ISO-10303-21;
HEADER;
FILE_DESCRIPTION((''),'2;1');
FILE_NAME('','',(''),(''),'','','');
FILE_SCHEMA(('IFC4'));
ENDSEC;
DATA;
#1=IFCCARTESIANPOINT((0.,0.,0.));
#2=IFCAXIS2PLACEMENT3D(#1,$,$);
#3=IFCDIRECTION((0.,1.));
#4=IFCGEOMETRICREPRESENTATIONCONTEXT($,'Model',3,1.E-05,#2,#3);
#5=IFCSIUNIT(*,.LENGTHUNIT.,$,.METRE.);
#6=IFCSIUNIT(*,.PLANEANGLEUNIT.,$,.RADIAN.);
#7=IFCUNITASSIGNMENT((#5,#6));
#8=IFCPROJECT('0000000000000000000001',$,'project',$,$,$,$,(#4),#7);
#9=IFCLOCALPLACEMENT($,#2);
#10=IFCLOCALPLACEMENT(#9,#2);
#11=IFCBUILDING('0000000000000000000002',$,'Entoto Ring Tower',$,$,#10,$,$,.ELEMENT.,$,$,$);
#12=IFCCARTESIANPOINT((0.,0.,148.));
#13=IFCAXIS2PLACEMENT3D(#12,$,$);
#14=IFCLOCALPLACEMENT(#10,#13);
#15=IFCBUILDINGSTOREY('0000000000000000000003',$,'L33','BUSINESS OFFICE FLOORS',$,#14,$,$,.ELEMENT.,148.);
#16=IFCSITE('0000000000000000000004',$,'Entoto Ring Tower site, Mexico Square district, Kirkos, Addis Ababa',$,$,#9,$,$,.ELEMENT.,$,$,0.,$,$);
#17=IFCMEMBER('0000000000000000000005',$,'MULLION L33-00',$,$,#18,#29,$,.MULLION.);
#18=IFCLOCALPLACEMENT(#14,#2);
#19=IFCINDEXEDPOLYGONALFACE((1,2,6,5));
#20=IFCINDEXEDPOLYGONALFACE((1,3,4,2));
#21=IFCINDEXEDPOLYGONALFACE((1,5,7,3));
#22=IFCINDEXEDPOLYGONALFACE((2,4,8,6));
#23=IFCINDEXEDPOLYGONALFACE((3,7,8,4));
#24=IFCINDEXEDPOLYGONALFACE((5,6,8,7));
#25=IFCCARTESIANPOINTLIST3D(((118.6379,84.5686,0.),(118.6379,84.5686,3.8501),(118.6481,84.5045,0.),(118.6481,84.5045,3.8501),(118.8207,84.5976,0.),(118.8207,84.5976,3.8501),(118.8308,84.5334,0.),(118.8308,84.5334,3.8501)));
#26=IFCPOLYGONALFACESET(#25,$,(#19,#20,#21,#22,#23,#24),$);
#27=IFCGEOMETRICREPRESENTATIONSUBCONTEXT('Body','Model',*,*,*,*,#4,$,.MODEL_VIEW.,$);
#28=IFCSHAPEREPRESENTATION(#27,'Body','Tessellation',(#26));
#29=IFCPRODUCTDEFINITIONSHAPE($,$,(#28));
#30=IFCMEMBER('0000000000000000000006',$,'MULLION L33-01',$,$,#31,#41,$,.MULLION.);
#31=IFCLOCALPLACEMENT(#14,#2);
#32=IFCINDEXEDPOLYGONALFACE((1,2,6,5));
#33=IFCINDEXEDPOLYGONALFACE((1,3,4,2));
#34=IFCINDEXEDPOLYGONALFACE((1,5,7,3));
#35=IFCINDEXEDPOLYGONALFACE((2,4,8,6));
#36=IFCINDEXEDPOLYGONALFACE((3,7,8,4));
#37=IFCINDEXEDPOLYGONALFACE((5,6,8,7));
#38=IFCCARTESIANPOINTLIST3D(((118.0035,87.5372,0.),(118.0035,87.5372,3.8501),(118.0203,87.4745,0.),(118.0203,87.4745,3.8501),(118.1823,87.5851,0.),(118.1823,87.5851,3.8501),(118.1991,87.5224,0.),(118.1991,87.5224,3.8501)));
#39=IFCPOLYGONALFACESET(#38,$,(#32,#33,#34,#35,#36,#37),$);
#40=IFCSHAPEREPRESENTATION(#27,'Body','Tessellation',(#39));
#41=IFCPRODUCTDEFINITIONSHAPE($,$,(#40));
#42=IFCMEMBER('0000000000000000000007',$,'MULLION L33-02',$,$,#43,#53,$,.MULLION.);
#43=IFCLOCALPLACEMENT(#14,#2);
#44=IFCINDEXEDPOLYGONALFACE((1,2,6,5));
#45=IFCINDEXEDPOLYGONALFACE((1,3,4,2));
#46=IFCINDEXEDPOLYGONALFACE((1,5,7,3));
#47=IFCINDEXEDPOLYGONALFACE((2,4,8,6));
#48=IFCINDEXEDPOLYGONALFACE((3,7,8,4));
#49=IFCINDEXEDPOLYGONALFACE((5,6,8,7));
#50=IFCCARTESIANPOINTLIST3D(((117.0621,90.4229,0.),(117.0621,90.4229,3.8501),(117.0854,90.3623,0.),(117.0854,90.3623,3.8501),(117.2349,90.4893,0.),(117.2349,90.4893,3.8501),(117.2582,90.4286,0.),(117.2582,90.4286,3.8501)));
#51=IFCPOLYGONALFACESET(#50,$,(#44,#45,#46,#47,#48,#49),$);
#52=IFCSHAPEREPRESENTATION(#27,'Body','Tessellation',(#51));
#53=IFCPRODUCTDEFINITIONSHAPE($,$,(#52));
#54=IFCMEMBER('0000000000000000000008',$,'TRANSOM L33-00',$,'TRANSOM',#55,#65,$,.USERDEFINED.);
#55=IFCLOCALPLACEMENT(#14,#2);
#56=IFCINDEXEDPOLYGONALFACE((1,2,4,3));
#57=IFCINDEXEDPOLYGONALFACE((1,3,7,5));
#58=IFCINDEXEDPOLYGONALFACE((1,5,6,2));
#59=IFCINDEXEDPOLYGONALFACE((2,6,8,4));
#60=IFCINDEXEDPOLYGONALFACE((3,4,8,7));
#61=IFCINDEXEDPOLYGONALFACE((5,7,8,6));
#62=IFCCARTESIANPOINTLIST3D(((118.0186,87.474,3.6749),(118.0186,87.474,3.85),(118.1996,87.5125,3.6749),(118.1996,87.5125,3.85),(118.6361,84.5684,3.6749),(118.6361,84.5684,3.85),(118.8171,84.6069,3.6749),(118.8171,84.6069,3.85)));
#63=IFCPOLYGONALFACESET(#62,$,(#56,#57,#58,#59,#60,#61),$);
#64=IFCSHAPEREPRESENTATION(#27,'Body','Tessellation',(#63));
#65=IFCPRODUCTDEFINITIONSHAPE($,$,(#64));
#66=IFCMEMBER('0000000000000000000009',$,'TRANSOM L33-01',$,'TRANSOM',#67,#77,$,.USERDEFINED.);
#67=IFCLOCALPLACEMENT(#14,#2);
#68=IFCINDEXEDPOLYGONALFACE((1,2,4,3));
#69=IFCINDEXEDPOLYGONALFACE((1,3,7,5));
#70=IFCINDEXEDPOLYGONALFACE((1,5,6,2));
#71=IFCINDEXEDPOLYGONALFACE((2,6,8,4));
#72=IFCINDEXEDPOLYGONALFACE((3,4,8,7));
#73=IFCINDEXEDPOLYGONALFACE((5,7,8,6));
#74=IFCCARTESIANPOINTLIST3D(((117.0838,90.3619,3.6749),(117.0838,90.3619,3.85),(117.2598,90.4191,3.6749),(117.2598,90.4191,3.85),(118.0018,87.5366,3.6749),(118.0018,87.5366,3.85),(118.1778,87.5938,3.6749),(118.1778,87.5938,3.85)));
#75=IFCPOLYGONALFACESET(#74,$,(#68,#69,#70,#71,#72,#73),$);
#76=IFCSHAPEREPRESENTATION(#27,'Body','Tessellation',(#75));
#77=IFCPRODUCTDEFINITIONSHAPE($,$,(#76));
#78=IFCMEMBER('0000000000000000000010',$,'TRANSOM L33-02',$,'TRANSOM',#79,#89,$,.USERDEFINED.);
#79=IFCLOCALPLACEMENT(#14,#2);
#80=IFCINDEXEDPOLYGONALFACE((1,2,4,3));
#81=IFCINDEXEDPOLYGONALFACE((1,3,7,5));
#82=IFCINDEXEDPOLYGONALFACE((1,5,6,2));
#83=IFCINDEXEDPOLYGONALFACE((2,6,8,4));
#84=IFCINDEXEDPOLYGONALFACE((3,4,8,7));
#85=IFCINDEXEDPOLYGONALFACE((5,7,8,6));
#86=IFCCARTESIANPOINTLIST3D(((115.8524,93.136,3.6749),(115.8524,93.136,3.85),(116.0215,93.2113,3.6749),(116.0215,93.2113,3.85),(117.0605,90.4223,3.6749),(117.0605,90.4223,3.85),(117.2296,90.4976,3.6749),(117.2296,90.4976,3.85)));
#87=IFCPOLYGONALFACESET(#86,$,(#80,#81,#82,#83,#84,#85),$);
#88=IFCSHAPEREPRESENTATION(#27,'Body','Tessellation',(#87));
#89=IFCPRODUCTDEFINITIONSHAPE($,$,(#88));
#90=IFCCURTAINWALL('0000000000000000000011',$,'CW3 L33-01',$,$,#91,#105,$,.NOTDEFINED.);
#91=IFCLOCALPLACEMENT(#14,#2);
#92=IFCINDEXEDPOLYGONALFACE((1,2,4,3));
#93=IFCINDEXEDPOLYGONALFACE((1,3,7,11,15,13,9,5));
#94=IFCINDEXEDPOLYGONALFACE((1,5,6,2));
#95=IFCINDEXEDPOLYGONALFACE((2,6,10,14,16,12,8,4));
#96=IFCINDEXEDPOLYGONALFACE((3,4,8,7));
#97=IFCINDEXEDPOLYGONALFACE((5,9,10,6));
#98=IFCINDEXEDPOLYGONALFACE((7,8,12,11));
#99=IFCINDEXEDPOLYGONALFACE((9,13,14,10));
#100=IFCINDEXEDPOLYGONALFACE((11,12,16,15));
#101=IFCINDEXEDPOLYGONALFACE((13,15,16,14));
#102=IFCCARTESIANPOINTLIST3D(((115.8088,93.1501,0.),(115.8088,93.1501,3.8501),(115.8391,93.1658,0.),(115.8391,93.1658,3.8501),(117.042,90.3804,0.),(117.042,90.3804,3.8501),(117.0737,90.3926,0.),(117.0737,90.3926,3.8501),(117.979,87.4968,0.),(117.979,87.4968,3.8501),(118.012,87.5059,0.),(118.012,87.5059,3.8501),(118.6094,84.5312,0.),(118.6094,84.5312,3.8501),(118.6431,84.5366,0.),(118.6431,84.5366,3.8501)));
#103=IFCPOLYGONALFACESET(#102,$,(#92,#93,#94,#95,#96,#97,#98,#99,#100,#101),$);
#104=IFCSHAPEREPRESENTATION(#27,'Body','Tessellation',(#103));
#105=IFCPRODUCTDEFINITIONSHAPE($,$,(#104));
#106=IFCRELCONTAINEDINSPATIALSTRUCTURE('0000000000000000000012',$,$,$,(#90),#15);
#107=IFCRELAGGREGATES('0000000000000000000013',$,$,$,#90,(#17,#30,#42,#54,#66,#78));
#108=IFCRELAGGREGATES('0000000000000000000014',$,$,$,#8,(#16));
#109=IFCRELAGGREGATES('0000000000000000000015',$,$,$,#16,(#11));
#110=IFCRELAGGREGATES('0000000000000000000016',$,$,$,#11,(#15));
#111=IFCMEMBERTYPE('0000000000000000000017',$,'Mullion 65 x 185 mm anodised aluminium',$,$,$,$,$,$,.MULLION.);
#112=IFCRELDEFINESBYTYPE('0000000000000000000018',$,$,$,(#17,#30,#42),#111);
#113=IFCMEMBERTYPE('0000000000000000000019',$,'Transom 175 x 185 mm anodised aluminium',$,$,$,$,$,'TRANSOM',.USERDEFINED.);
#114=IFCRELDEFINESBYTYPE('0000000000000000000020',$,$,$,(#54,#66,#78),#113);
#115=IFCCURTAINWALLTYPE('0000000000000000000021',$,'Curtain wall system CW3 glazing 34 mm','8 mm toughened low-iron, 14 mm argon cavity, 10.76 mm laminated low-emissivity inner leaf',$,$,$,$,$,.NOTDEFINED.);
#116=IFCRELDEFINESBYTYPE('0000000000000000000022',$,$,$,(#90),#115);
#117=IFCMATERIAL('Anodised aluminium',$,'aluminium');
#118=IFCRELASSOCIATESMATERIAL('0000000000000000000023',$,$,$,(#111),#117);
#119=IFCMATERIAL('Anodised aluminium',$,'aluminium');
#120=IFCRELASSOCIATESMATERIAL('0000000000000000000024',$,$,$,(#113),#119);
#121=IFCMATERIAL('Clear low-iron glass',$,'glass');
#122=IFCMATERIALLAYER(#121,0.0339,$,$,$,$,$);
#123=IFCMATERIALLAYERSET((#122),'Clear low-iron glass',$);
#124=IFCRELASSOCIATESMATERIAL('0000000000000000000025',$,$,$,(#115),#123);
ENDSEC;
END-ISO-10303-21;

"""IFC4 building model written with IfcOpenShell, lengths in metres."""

from ifc_helpers import new_model, si_unit, direction, frame, origin, origin_2d, place, context, subcontext, project, spatial, polyline, rectangle, outline, extrude, material, layer, layer_set, material_profile, profile_set, type_object, element, aggregate, save


model = new_model("IFC4")

# Units and contexts
model_context = context("Model", 3, precision=1e-05, world=origin(), true_north=direction((0.0, 1.0)))
body_context = subcontext(model_context, "Body", "Model", "MODEL_VIEW")
ifc_project = project(units=[si_unit("LENGTHUNIT", "METRE"), si_unit("PLANEANGLEUNIT", "RADIAN")], contexts=[model_context])

# Members
ifc_material_1 = material(Name="Anodised aluminium", Category="aluminium")
ifc_material_profile_1 = material_profile(ifc_material_1, rectangle(XDim=0.0649, YDim=0.1851, at=origin_2d()), Name="Mullion 65 x 185 mm anodised aluminium")
ifc_profile_set_1 = profile_set([ifc_material_profile_1], Name="Anodised aluminium")
member_type_1 = type_object("IfcMemberType", Name="Mullion 65 x 185 mm anodised aluminium", PredefinedType="MULLION", material=ifc_profile_set_1)
site_placement = place(None, origin())
building_placement = place(site_placement, origin())
storey_placement = place(building_placement, frame((0.0, 0.0, 148.0)))
member_1_placement = place(storey_placement, frame((118.7344, 84.551, 0.0), z_axis=(0.0, 0.0, 1.0), x_axis=(-0.156434, 0.987688, 0.0)))
member_1 = element("IfcMember", 1, at=member_1_placement, type_object=member_type_1, Name="MULLION L33-00", PredefinedType="MULLION", context=body_context, shape_type="SweptSolid", body=[
    extrude(rectangle(XDim=0.0649, YDim=0.1851, at=origin_2d()), origin(), (0.0, 0.0, 1.0), 3.8501),
])
member_2_placement = place(storey_placement, frame((118.1013, 87.5298, 0.0), z_axis=(0.0, 0.0, 1.0), x_axis=(-0.258819, 0.965926, 0.0)))
member_2 = element("IfcMember", 2, at=member_2_placement, type_object=member_type_1, Name="MULLION L33-01", PredefinedType="MULLION", context=body_context, shape_type="SweptSolid", body=[
    extrude(rectangle(XDim=0.0649, YDim=0.1851, at=origin_2d()), origin(), (0.0, 0.0, 1.0), 3.8501),
])
member_3_placement = place(storey_placement, frame((117.1602, 90.4258, 0.0), z_axis=(0.0, 0.0, 1.0), x_axis=(-0.358368, 0.93358, 0.0)))
member_3 = element("IfcMember", 3, at=member_3_placement, type_object=member_type_1, Name="MULLION L33-02", PredefinedType="MULLION", context=body_context, shape_type="SweptSolid", body=[
    extrude(rectangle(XDim=0.0649, YDim=0.1851, at=origin_2d()), origin(), (0.0, 0.0, 1.0), 3.8501),
])
ifc_material_2 = material(Name="Anodised aluminium", Category="aluminium")
ifc_material_profile_2 = material_profile(ifc_material_2, rectangle(XDim=0.1851, YDim=0.175, at=origin_2d()), Name="Transom 175 x 185 mm anodised aluminium")
ifc_profile_set_2 = profile_set([ifc_material_profile_2], Name="Anodised aluminium")
member_type_2 = type_object("IfcMemberType", Name="Transom 175 x 185 mm anodised aluminium", ElementType="TRANSOM", PredefinedType="USERDEFINED", material=ifc_profile_set_2)
member_4_placement = place(storey_placement, frame((118.7266, 84.5876, 3.7625), z_axis=(-0.207862, 0.978158, 0.0), x_axis=(-0.978158, -0.207862, 0.0)))
member_4 = element("IfcMember", 4, at=member_4_placement, type_object=member_type_2, Name="TRANSOM L33-00", ObjectType="TRANSOM", PredefinedType="USERDEFINED", context=body_context, shape_type="SweptSolid", body=[
    extrude(rectangle(XDim=0.1851, YDim=0.175, at=origin_2d()), origin(), (0.0, 0.0, 1.0), 2.9705),
])
member_5_placement = place(storey_placement, frame((118.0898, 87.5652, 3.7625), z_axis=(-0.309019, 0.951056, 0.0), x_axis=(-0.951056, -0.309019, 0.0)))
member_5 = element("IfcMember", 5, at=member_5_placement, type_object=member_type_2, Name="TRANSOM L33-01", ObjectType="TRANSOM", PredefinedType="USERDEFINED", context=body_context, shape_type="SweptSolid", body=[
    extrude(rectangle(XDim=0.1851, YDim=0.175, at=origin_2d()), origin(), (0.0, 0.0, 1.0), 2.9707),
])
member_6_placement = place(storey_placement, frame((117.145, 90.46, 3.7625), z_axis=(-0.406687, 0.913567, 0.0), x_axis=(-0.913567, -0.406687, 0.0)))
member_6 = element("IfcMember", 6, at=member_6_placement, type_object=member_type_2, Name="TRANSOM L33-02", ObjectType="TRANSOM", PredefinedType="USERDEFINED", context=body_context, shape_type="SweptSolid", body=[
    extrude(rectangle(XDim=0.1851, YDim=0.175, at=origin_2d()), origin(), (0.0, 0.0, 1.0), 2.9705),
])

# Site, building, storey
site = spatial("IfcSite", under=ifc_project, at=site_placement, Name="Entoto Ring Tower site, Mexico Square district, Kirkos, Addis Ababa", CompositionType="ELEMENT", RefElevation=0.0)
building = spatial("IfcBuilding", under=site, at=building_placement, Name="Entoto Ring Tower", CompositionType="ELEMENT")
storey = spatial("IfcBuildingStorey", under=building, at=storey_placement, Name="L33", Description="BUSINESS OFFICE FLOORS", CompositionType="ELEMENT", Elevation=148.0)

# Curtain wall
ifc_material_3 = material(Name="Clear low-iron glass", Category="glass")
ifc_layer_1 = layer(ifc_material_3, 0.0339)
ifc_layer_set_1 = layer_set([ifc_layer_1], Name="Clear low-iron glass")
curtain_wall_type = type_object("IfcCurtainWallType", Name="Curtain wall system CW3 glazing 34 mm", Description="8 mm toughened low-iron, 14 mm argon cavity, 10.76 mm laminated low-emissivity inner leaf", PredefinedType="NOTDEFINED", material=ifc_layer_set_1)
curtain_wall_1_placement = place(storey_placement, origin())
curtain_wall_1 = element("IfcCurtainWall", 7, at=curtain_wall_1_placement, inside=storey, type_object=curtain_wall_type, Name="CW3 L33-01", PredefinedType="NOTDEFINED", context=body_context, shape_type="SweptSolid", body=[
    extrude(outline(polyline([(118.6431, 84.5366), (118.012, 87.5059), (117.0737, 90.3926), (115.8391, 93.1658), (115.8088, 93.1501), (117.042, 90.3804), (117.979, 87.4968), (118.6094, 84.5312), (118.6431, 84.5366)])), origin(), (0.0, 0.0, 1.0), 3.8501),
])
aggregate(curtain_wall_1, [member_1, member_2, member_3, member_4, member_5, member_6])

save(model, "model.ifc")
